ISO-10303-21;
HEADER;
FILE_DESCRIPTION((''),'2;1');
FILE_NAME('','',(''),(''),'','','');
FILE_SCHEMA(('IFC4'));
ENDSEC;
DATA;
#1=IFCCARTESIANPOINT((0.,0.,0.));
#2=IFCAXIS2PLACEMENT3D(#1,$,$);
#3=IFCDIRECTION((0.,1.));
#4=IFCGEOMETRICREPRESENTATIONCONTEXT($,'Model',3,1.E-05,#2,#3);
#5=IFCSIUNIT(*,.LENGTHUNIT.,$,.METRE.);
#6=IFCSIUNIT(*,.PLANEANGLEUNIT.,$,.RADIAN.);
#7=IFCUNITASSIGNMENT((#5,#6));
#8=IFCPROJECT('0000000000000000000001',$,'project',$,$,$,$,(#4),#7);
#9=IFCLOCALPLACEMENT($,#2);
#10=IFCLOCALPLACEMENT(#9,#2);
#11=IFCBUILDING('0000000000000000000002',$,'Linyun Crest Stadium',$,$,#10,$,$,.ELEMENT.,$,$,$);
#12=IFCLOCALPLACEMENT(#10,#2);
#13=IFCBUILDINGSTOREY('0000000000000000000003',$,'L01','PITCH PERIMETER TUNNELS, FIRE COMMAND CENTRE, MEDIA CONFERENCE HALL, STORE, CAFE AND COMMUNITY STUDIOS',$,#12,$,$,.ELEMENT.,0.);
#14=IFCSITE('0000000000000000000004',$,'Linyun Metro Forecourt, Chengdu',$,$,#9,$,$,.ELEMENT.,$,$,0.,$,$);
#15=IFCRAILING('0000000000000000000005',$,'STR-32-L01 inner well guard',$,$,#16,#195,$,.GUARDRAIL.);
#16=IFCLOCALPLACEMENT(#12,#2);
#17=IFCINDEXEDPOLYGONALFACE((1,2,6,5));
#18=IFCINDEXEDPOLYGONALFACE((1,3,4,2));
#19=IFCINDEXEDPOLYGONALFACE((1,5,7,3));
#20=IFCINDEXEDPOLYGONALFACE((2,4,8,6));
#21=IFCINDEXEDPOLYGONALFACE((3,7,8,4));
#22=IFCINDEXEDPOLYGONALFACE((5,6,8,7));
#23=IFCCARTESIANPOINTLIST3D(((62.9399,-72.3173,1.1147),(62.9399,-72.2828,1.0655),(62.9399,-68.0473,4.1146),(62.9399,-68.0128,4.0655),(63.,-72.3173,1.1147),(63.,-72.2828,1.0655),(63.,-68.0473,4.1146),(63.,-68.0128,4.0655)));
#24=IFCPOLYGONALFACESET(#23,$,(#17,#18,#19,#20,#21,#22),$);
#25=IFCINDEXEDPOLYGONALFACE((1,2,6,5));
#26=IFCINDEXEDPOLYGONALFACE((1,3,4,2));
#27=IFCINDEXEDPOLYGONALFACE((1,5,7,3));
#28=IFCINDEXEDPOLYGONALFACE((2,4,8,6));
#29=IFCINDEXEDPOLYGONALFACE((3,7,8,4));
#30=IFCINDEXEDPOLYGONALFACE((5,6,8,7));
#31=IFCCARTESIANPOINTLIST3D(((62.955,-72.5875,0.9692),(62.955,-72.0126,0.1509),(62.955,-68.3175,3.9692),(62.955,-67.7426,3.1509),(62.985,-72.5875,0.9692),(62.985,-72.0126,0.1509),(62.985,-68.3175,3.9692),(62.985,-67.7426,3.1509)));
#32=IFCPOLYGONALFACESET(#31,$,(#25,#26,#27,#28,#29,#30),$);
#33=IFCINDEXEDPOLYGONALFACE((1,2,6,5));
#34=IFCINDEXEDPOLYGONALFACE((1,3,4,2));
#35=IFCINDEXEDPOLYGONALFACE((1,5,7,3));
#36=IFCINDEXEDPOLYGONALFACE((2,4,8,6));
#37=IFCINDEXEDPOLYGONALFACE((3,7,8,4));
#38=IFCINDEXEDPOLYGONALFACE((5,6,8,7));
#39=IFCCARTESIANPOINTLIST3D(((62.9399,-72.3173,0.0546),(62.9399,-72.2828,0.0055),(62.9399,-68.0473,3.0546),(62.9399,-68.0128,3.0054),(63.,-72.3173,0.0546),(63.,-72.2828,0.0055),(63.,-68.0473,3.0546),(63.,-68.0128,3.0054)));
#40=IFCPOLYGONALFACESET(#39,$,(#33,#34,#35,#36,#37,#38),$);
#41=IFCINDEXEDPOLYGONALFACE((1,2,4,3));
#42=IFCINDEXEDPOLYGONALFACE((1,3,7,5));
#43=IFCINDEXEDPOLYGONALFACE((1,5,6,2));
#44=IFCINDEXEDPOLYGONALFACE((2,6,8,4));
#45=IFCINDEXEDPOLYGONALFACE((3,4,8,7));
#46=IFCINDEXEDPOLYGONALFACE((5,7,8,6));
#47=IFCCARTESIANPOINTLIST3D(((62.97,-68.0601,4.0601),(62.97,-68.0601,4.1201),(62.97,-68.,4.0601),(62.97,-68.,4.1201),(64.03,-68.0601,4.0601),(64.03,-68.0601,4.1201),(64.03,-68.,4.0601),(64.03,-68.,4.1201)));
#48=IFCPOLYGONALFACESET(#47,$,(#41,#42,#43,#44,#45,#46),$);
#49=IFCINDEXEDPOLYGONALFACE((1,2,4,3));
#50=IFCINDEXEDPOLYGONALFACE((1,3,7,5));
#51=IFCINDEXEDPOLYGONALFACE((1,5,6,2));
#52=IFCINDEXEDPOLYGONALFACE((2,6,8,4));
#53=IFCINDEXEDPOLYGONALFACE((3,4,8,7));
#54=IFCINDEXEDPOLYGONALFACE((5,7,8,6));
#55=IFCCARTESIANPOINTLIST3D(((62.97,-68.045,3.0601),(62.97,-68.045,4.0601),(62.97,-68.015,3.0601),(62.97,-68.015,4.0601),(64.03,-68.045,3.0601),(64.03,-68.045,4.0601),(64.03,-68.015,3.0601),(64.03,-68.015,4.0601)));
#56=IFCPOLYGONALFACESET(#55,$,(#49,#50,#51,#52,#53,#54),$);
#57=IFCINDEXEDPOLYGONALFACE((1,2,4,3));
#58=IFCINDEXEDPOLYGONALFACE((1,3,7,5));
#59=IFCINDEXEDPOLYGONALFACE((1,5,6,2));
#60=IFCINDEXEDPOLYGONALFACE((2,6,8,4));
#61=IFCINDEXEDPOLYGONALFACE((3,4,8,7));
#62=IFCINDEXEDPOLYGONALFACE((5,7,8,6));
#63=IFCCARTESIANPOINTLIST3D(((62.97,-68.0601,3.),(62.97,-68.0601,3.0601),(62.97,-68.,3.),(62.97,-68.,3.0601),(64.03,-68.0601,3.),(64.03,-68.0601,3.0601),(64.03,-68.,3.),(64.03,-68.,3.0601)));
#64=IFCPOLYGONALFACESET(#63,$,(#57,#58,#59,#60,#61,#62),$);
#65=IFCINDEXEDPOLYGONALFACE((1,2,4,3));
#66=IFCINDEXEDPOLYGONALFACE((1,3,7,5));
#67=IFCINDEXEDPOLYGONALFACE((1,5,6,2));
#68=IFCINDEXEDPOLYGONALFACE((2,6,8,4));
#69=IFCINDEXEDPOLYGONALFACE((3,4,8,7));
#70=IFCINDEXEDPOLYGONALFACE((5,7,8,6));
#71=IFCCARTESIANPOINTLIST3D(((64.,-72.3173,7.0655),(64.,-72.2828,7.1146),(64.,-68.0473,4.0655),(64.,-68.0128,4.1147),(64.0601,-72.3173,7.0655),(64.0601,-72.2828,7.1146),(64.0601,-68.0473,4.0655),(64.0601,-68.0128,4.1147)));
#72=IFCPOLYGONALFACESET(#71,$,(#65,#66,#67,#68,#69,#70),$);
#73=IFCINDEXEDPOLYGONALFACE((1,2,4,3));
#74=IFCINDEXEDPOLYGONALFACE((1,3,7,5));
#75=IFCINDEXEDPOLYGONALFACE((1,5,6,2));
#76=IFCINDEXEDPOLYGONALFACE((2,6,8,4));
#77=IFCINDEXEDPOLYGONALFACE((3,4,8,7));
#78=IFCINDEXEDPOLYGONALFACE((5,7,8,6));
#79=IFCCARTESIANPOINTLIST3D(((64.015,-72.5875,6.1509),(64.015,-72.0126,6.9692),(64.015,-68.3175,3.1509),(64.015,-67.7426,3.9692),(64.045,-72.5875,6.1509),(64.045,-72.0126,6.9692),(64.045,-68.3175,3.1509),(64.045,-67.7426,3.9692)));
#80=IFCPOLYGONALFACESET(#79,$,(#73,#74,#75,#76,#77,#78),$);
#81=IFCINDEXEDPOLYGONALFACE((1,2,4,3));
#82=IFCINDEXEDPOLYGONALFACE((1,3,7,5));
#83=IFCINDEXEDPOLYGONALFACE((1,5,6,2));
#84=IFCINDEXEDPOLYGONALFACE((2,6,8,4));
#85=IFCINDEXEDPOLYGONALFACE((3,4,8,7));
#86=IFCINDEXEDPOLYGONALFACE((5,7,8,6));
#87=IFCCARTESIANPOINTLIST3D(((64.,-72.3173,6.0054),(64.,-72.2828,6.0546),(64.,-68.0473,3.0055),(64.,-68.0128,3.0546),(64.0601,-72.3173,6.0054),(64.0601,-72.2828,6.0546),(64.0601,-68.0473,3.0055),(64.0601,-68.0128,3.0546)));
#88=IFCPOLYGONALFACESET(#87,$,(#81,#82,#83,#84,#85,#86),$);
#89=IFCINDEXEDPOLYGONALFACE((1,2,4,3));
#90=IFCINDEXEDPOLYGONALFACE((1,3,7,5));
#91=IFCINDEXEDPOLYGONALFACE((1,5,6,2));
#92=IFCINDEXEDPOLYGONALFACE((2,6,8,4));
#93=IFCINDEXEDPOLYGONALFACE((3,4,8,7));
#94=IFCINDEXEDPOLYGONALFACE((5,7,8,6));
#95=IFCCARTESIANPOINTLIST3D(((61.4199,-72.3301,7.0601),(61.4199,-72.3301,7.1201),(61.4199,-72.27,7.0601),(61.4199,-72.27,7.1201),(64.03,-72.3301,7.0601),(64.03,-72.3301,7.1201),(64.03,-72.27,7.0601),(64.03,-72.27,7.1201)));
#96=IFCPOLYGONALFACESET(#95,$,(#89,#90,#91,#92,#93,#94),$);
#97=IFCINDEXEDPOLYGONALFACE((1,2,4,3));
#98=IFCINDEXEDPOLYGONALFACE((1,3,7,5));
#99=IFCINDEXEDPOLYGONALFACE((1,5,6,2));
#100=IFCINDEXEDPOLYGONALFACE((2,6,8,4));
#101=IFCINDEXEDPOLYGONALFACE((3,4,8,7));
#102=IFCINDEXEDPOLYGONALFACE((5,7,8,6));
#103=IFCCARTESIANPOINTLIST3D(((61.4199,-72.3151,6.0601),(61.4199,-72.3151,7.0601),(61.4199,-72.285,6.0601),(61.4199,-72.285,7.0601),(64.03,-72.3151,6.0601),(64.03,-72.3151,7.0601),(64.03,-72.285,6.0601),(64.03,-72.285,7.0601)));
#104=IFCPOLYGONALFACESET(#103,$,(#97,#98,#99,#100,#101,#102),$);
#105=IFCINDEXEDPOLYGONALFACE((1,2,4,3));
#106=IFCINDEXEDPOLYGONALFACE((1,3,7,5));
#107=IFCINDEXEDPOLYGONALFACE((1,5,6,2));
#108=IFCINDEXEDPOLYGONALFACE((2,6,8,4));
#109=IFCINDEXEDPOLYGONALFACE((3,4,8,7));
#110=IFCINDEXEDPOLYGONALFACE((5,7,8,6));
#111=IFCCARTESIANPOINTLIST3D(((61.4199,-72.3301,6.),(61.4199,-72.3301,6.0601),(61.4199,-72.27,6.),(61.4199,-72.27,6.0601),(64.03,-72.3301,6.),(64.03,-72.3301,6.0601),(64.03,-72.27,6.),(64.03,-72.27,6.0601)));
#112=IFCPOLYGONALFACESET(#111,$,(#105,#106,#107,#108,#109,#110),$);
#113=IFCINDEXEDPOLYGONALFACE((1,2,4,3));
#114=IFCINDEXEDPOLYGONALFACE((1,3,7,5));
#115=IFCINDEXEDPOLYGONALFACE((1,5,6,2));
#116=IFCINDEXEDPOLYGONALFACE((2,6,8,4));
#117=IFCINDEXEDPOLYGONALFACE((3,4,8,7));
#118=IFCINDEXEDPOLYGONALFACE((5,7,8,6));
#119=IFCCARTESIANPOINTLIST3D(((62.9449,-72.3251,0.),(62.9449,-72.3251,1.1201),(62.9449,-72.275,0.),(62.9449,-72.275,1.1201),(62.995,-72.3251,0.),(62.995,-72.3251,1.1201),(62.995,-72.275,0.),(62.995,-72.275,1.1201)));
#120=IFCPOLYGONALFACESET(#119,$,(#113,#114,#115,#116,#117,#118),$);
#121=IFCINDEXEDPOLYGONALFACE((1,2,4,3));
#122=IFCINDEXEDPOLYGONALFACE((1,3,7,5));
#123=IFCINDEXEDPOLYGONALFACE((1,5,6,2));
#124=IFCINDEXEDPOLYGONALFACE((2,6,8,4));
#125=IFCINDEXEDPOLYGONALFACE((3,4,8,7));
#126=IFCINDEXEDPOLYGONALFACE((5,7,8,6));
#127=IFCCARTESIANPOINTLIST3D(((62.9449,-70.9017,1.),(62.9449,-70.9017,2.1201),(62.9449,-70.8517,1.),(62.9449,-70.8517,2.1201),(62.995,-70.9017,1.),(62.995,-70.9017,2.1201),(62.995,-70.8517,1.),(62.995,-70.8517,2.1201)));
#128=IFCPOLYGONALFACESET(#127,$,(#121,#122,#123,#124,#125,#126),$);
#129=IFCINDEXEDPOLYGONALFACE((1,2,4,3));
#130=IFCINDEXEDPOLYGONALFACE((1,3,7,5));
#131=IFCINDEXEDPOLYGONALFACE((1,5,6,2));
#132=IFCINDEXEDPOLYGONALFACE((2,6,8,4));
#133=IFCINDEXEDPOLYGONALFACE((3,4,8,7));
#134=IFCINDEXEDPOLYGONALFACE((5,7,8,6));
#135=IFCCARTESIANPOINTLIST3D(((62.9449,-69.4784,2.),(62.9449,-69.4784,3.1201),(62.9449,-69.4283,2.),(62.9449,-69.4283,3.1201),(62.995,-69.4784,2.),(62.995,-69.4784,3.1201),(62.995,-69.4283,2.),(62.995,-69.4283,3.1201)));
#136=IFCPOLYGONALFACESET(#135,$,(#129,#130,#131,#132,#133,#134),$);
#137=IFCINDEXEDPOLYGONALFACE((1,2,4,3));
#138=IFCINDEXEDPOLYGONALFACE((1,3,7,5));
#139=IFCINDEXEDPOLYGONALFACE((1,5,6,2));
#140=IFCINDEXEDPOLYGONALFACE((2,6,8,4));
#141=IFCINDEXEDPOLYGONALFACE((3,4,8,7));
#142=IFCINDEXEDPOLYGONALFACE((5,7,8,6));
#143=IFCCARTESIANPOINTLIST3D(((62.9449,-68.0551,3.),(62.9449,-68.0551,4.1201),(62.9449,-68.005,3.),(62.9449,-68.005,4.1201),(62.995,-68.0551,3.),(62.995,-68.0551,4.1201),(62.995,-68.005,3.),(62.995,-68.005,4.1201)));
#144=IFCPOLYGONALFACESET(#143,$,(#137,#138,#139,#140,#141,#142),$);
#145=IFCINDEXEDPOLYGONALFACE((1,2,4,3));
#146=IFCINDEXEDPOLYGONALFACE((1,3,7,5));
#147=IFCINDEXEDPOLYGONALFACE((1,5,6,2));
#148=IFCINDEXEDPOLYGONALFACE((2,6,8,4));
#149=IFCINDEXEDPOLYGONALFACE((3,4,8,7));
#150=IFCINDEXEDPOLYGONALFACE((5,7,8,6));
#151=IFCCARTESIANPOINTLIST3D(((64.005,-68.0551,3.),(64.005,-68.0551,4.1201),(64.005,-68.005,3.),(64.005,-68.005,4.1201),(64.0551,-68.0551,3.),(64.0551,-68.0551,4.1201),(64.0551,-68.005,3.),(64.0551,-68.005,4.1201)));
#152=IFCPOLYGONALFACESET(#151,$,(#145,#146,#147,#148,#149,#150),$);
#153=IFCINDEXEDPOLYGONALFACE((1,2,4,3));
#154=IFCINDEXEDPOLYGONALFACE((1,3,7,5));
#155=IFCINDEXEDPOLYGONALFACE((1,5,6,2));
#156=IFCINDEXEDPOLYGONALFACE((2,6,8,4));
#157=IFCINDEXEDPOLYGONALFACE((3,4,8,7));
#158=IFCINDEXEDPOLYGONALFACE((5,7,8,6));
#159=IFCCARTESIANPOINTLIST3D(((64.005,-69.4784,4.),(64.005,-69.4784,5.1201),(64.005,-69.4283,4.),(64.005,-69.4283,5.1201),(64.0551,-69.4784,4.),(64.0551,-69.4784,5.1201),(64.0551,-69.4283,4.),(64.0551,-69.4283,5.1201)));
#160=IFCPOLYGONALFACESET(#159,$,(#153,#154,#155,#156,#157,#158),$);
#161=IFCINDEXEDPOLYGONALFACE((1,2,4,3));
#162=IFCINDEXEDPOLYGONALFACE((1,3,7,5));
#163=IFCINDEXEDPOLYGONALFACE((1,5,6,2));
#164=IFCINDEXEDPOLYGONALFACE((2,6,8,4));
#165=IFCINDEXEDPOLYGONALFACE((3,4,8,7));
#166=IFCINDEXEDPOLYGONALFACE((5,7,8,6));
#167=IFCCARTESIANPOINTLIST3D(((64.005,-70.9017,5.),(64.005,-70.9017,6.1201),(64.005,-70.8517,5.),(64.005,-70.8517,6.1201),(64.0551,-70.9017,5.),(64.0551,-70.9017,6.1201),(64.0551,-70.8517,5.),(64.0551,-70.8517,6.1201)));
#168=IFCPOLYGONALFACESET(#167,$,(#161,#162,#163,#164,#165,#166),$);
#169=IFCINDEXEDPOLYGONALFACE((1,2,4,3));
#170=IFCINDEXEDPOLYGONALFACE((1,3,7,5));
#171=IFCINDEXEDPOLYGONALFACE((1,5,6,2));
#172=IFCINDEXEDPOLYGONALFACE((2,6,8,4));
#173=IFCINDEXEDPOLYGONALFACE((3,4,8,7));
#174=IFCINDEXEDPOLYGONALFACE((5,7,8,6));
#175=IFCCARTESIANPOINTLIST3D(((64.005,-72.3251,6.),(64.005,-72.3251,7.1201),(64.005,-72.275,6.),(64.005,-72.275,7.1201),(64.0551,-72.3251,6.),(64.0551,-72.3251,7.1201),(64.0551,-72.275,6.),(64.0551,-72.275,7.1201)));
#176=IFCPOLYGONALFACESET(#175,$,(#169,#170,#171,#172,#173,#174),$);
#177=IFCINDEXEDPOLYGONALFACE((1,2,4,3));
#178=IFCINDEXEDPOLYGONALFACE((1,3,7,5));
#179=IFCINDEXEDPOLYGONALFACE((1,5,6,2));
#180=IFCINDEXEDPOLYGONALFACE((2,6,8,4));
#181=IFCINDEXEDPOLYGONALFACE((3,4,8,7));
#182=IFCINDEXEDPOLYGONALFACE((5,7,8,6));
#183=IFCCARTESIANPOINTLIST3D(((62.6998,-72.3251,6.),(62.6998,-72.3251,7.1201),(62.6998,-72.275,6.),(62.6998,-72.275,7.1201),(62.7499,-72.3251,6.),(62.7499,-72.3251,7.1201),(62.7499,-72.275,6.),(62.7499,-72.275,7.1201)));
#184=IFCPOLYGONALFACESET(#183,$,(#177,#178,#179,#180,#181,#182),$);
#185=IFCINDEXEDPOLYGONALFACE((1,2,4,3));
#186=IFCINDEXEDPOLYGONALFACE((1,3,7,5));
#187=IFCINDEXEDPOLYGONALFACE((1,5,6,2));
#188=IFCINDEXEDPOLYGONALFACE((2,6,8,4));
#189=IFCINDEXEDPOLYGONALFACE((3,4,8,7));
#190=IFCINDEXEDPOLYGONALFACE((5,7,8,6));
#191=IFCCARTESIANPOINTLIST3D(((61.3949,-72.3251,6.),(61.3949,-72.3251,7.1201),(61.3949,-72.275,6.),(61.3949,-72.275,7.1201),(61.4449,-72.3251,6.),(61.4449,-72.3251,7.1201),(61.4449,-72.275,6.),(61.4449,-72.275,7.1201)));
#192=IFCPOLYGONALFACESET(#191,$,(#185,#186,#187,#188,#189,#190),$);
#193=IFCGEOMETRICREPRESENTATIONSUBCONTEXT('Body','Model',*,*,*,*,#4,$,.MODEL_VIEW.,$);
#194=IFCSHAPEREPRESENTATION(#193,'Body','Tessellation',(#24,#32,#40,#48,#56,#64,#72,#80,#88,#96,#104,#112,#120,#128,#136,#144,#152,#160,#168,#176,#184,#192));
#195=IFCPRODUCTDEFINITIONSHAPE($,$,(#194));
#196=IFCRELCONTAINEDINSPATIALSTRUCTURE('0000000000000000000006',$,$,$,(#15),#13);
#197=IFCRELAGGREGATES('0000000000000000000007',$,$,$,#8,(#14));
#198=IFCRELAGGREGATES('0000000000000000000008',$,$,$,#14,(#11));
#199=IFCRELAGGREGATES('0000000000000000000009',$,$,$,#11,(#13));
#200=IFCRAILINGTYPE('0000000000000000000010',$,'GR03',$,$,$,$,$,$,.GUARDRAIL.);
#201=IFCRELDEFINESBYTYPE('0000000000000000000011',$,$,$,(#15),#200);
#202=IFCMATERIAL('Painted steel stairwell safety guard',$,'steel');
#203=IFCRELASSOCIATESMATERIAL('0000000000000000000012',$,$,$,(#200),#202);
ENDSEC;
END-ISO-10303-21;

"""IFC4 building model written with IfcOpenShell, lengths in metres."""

from ifc_helpers import new_model, si_unit, direction, frame, origin, origin_2d, place, context, subcontext, project, spatial, rectangle, extrude, material, type_object, element, save


model = new_model("IFC4")

# Units and contexts
model_context = context("Model", 3, precision=1e-05, world=origin(), true_north=direction((0.0, 1.0)))
body_context = subcontext(model_context, "Body", "Model", "MODEL_VIEW")
ifc_project = project(units=[si_unit("LENGTHUNIT", "METRE"), si_unit("PLANEANGLEUNIT", "RADIAN")], contexts=[model_context])

# Site, building, storey
site_placement = place(None, origin())
site = spatial("IfcSite", under=ifc_project, at=site_placement, Name="Linyun Metro Forecourt, Chengdu", CompositionType="ELEMENT", RefElevation=0.0)
building_placement = place(site_placement, origin())
building = spatial("IfcBuilding", under=site, at=building_placement, Name="Linyun Crest Stadium", CompositionType="ELEMENT")
storey_placement = place(building_placement, origin())
storey = spatial("IfcBuildingStorey", under=building, at=storey_placement, Name="L01", Description="PITCH PERIMETER TUNNELS, FIRE COMMAND CENTRE, MEDIA CONFERENCE HALL, STORE, CAFE AND COMMUNITY STUDIOS", CompositionType="ELEMENT", Elevation=0.0)

# Railing
ifc_material_1 = material(Name="Painted steel stairwell safety guard", Category="steel")
railing_type_1 = type_object("IfcRailingType", Name="GR03", PredefinedType="GUARDRAIL", material=ifc_material_1)
railing_1_placement = place(storey_placement, frame((62.97, -72.3, 0.0)))
element("IfcRailing", 1, at=railing_1_placement, inside=storey, type_object=railing_type_1, Name="STR-32-L01 inner well guard", PredefinedType="GUARDRAIL", context=body_context, shape_type="SweptSolid", body=[
    extrude(rectangle(XDim=0.0601, YDim=0.0601, at=origin_2d()), frame((0.0, 0.0, 1.0901), z_axis=(0.0, 0.818242, 0.574874), x_axis=(-1.0, 0.0, 0.0)), (0.0, 0.0, 1.0), 5.2185),
    extrude(rectangle(XDim=0.03, YDim=1.0, at=origin_2d()), frame((0.0, 0.0, 0.5601), z_axis=(0.0, 0.818242, 0.574874), x_axis=(-1.0, 0.0, 0.0)), (0.0, 0.0, 1.0), 5.2185),
    extrude(rectangle(XDim=0.0601, YDim=0.0601, at=origin_2d()), frame((0.0, 0.0, 0.03), z_axis=(0.0, 0.818242, 0.574874), x_axis=(-1.0, 0.0, 0.0)), (0.0, 0.0, 1.0), 5.2185),
    extrude(rectangle(XDim=0.0601, YDim=0.0601, at=origin_2d()), frame((0.0, 4.27, 4.0901), z_axis=(1.0, 0.0, 0.0), x_axis=(0.0, 1.0, 0.0)), (0.0, 0.0, 1.0), 1.0601),
    extrude(rectangle(XDim=0.03, YDim=1.0, at=origin_2d()), frame((0.0, 4.27, 3.5601), z_axis=(1.0, 0.0, 0.0), x_axis=(0.0, 1.0, 0.0)), (0.0, 0.0, 1.0), 1.0601),
    extrude(rectangle(XDim=0.0601, YDim=0.0601, at=origin_2d()), frame((0.0, 4.27, 3.03), z_axis=(1.0, 0.0, 0.0), x_axis=(0.0, 1.0, 0.0)), (0.0, 0.0, 1.0), 1.0601),
    extrude(rectangle(XDim=0.0601, YDim=0.0601, at=origin_2d()), frame((1.0601, 4.27, 4.0901), z_axis=(0.0, -0.818242, 0.574874), x_axis=(1.0, 0.0, 0.0)), (0.0, 0.0, 1.0), 5.2185),
    extrude(rectangle(XDim=0.03, YDim=1.0, at=origin_2d()), frame((1.0601, 4.27, 3.5601), z_axis=(0.0, -0.818242, 0.574874), x_axis=(1.0, 0.0, 0.0)), (0.0, 0.0, 1.0), 5.2185),
    extrude(rectangle(XDim=0.0601, YDim=0.0601, at=origin_2d()), frame((1.0601, 4.27, 3.03), z_axis=(0.0, -0.818242, 0.574874), x_axis=(1.0, 0.0, 0.0)), (0.0, 0.0, 1.0), 5.2185),
    extrude(rectangle(XDim=0.0601, YDim=0.0601, at=origin_2d()), frame((1.0601, 0.0, 7.0901), z_axis=(-1.0, 0.0, 0.0), x_axis=(0.0, -1.0, 0.0)), (0.0, 0.0, 1.0), 2.6101),
    extrude(rectangle(XDim=0.03, YDim=1.0, at=origin_2d()), frame((1.0601, 0.0, 6.5601), z_axis=(-1.0, 0.0, 0.0), x_axis=(0.0, -1.0, 0.0)), (0.0, 0.0, 1.0), 2.6101),
    extrude(rectangle(XDim=0.0601, YDim=0.0601, at=origin_2d()), frame((1.0601, 0.0, 6.03), z_axis=(-1.0, 0.0, 0.0), x_axis=(0.0, -1.0, 0.0)), (0.0, 0.0, 1.0), 2.6101),
    extrude(rectangle(XDim=0.05, YDim=0.05, at=origin_2d()), origin(), (0.0, 0.0, 1.0), 1.1201),
    extrude(rectangle(XDim=0.05, YDim=0.05, at=origin_2d()), frame((0.0, 1.4233, 1.0)), (0.0, 0.0, 1.0), 1.1201),
    extrude(rectangle(XDim=0.05, YDim=0.05, at=origin_2d()), frame((0.0, 2.8467, 2.0)), (0.0, 0.0, 1.0), 1.1201),
    extrude(rectangle(XDim=0.05, YDim=0.05, at=origin_2d()), frame((0.0, 4.27, 3.0)), (0.0, 0.0, 1.0), 1.1201),
    extrude(rectangle(XDim=0.05, YDim=0.05, at=origin_2d()), frame((1.0601, 4.27, 3.0)), (0.0, 0.0, 1.0), 1.1201),
    extrude(rectangle(XDim=0.05, YDim=0.05, at=origin_2d()), frame((1.0601, 2.8467, 4.0)), (0.0, 0.0, 1.0), 1.1201),
    extrude(rectangle(XDim=0.05, YDim=0.05, at=origin_2d()), frame((1.0601, 1.4233, 5.0)), (0.0, 0.0, 1.0), 1.1201),
    extrude(rectangle(XDim=0.05, YDim=0.05, at=origin_2d()), frame((1.0601, 0.0, 6.0)), (0.0, 0.0, 1.0), 1.1201),
    extrude(rectangle(XDim=0.05, YDim=0.05, at=origin_2d()), frame((-0.2451, 0.0, 6.0)), (0.0, 0.0, 1.0), 1.1201),
    extrude(rectangle(XDim=0.05, YDim=0.05, at=origin_2d()), frame((-1.55, 0.0, 6.0)), (0.0, 0.0, 1.0), 1.1201),
])

save(model, "model.ifc")
